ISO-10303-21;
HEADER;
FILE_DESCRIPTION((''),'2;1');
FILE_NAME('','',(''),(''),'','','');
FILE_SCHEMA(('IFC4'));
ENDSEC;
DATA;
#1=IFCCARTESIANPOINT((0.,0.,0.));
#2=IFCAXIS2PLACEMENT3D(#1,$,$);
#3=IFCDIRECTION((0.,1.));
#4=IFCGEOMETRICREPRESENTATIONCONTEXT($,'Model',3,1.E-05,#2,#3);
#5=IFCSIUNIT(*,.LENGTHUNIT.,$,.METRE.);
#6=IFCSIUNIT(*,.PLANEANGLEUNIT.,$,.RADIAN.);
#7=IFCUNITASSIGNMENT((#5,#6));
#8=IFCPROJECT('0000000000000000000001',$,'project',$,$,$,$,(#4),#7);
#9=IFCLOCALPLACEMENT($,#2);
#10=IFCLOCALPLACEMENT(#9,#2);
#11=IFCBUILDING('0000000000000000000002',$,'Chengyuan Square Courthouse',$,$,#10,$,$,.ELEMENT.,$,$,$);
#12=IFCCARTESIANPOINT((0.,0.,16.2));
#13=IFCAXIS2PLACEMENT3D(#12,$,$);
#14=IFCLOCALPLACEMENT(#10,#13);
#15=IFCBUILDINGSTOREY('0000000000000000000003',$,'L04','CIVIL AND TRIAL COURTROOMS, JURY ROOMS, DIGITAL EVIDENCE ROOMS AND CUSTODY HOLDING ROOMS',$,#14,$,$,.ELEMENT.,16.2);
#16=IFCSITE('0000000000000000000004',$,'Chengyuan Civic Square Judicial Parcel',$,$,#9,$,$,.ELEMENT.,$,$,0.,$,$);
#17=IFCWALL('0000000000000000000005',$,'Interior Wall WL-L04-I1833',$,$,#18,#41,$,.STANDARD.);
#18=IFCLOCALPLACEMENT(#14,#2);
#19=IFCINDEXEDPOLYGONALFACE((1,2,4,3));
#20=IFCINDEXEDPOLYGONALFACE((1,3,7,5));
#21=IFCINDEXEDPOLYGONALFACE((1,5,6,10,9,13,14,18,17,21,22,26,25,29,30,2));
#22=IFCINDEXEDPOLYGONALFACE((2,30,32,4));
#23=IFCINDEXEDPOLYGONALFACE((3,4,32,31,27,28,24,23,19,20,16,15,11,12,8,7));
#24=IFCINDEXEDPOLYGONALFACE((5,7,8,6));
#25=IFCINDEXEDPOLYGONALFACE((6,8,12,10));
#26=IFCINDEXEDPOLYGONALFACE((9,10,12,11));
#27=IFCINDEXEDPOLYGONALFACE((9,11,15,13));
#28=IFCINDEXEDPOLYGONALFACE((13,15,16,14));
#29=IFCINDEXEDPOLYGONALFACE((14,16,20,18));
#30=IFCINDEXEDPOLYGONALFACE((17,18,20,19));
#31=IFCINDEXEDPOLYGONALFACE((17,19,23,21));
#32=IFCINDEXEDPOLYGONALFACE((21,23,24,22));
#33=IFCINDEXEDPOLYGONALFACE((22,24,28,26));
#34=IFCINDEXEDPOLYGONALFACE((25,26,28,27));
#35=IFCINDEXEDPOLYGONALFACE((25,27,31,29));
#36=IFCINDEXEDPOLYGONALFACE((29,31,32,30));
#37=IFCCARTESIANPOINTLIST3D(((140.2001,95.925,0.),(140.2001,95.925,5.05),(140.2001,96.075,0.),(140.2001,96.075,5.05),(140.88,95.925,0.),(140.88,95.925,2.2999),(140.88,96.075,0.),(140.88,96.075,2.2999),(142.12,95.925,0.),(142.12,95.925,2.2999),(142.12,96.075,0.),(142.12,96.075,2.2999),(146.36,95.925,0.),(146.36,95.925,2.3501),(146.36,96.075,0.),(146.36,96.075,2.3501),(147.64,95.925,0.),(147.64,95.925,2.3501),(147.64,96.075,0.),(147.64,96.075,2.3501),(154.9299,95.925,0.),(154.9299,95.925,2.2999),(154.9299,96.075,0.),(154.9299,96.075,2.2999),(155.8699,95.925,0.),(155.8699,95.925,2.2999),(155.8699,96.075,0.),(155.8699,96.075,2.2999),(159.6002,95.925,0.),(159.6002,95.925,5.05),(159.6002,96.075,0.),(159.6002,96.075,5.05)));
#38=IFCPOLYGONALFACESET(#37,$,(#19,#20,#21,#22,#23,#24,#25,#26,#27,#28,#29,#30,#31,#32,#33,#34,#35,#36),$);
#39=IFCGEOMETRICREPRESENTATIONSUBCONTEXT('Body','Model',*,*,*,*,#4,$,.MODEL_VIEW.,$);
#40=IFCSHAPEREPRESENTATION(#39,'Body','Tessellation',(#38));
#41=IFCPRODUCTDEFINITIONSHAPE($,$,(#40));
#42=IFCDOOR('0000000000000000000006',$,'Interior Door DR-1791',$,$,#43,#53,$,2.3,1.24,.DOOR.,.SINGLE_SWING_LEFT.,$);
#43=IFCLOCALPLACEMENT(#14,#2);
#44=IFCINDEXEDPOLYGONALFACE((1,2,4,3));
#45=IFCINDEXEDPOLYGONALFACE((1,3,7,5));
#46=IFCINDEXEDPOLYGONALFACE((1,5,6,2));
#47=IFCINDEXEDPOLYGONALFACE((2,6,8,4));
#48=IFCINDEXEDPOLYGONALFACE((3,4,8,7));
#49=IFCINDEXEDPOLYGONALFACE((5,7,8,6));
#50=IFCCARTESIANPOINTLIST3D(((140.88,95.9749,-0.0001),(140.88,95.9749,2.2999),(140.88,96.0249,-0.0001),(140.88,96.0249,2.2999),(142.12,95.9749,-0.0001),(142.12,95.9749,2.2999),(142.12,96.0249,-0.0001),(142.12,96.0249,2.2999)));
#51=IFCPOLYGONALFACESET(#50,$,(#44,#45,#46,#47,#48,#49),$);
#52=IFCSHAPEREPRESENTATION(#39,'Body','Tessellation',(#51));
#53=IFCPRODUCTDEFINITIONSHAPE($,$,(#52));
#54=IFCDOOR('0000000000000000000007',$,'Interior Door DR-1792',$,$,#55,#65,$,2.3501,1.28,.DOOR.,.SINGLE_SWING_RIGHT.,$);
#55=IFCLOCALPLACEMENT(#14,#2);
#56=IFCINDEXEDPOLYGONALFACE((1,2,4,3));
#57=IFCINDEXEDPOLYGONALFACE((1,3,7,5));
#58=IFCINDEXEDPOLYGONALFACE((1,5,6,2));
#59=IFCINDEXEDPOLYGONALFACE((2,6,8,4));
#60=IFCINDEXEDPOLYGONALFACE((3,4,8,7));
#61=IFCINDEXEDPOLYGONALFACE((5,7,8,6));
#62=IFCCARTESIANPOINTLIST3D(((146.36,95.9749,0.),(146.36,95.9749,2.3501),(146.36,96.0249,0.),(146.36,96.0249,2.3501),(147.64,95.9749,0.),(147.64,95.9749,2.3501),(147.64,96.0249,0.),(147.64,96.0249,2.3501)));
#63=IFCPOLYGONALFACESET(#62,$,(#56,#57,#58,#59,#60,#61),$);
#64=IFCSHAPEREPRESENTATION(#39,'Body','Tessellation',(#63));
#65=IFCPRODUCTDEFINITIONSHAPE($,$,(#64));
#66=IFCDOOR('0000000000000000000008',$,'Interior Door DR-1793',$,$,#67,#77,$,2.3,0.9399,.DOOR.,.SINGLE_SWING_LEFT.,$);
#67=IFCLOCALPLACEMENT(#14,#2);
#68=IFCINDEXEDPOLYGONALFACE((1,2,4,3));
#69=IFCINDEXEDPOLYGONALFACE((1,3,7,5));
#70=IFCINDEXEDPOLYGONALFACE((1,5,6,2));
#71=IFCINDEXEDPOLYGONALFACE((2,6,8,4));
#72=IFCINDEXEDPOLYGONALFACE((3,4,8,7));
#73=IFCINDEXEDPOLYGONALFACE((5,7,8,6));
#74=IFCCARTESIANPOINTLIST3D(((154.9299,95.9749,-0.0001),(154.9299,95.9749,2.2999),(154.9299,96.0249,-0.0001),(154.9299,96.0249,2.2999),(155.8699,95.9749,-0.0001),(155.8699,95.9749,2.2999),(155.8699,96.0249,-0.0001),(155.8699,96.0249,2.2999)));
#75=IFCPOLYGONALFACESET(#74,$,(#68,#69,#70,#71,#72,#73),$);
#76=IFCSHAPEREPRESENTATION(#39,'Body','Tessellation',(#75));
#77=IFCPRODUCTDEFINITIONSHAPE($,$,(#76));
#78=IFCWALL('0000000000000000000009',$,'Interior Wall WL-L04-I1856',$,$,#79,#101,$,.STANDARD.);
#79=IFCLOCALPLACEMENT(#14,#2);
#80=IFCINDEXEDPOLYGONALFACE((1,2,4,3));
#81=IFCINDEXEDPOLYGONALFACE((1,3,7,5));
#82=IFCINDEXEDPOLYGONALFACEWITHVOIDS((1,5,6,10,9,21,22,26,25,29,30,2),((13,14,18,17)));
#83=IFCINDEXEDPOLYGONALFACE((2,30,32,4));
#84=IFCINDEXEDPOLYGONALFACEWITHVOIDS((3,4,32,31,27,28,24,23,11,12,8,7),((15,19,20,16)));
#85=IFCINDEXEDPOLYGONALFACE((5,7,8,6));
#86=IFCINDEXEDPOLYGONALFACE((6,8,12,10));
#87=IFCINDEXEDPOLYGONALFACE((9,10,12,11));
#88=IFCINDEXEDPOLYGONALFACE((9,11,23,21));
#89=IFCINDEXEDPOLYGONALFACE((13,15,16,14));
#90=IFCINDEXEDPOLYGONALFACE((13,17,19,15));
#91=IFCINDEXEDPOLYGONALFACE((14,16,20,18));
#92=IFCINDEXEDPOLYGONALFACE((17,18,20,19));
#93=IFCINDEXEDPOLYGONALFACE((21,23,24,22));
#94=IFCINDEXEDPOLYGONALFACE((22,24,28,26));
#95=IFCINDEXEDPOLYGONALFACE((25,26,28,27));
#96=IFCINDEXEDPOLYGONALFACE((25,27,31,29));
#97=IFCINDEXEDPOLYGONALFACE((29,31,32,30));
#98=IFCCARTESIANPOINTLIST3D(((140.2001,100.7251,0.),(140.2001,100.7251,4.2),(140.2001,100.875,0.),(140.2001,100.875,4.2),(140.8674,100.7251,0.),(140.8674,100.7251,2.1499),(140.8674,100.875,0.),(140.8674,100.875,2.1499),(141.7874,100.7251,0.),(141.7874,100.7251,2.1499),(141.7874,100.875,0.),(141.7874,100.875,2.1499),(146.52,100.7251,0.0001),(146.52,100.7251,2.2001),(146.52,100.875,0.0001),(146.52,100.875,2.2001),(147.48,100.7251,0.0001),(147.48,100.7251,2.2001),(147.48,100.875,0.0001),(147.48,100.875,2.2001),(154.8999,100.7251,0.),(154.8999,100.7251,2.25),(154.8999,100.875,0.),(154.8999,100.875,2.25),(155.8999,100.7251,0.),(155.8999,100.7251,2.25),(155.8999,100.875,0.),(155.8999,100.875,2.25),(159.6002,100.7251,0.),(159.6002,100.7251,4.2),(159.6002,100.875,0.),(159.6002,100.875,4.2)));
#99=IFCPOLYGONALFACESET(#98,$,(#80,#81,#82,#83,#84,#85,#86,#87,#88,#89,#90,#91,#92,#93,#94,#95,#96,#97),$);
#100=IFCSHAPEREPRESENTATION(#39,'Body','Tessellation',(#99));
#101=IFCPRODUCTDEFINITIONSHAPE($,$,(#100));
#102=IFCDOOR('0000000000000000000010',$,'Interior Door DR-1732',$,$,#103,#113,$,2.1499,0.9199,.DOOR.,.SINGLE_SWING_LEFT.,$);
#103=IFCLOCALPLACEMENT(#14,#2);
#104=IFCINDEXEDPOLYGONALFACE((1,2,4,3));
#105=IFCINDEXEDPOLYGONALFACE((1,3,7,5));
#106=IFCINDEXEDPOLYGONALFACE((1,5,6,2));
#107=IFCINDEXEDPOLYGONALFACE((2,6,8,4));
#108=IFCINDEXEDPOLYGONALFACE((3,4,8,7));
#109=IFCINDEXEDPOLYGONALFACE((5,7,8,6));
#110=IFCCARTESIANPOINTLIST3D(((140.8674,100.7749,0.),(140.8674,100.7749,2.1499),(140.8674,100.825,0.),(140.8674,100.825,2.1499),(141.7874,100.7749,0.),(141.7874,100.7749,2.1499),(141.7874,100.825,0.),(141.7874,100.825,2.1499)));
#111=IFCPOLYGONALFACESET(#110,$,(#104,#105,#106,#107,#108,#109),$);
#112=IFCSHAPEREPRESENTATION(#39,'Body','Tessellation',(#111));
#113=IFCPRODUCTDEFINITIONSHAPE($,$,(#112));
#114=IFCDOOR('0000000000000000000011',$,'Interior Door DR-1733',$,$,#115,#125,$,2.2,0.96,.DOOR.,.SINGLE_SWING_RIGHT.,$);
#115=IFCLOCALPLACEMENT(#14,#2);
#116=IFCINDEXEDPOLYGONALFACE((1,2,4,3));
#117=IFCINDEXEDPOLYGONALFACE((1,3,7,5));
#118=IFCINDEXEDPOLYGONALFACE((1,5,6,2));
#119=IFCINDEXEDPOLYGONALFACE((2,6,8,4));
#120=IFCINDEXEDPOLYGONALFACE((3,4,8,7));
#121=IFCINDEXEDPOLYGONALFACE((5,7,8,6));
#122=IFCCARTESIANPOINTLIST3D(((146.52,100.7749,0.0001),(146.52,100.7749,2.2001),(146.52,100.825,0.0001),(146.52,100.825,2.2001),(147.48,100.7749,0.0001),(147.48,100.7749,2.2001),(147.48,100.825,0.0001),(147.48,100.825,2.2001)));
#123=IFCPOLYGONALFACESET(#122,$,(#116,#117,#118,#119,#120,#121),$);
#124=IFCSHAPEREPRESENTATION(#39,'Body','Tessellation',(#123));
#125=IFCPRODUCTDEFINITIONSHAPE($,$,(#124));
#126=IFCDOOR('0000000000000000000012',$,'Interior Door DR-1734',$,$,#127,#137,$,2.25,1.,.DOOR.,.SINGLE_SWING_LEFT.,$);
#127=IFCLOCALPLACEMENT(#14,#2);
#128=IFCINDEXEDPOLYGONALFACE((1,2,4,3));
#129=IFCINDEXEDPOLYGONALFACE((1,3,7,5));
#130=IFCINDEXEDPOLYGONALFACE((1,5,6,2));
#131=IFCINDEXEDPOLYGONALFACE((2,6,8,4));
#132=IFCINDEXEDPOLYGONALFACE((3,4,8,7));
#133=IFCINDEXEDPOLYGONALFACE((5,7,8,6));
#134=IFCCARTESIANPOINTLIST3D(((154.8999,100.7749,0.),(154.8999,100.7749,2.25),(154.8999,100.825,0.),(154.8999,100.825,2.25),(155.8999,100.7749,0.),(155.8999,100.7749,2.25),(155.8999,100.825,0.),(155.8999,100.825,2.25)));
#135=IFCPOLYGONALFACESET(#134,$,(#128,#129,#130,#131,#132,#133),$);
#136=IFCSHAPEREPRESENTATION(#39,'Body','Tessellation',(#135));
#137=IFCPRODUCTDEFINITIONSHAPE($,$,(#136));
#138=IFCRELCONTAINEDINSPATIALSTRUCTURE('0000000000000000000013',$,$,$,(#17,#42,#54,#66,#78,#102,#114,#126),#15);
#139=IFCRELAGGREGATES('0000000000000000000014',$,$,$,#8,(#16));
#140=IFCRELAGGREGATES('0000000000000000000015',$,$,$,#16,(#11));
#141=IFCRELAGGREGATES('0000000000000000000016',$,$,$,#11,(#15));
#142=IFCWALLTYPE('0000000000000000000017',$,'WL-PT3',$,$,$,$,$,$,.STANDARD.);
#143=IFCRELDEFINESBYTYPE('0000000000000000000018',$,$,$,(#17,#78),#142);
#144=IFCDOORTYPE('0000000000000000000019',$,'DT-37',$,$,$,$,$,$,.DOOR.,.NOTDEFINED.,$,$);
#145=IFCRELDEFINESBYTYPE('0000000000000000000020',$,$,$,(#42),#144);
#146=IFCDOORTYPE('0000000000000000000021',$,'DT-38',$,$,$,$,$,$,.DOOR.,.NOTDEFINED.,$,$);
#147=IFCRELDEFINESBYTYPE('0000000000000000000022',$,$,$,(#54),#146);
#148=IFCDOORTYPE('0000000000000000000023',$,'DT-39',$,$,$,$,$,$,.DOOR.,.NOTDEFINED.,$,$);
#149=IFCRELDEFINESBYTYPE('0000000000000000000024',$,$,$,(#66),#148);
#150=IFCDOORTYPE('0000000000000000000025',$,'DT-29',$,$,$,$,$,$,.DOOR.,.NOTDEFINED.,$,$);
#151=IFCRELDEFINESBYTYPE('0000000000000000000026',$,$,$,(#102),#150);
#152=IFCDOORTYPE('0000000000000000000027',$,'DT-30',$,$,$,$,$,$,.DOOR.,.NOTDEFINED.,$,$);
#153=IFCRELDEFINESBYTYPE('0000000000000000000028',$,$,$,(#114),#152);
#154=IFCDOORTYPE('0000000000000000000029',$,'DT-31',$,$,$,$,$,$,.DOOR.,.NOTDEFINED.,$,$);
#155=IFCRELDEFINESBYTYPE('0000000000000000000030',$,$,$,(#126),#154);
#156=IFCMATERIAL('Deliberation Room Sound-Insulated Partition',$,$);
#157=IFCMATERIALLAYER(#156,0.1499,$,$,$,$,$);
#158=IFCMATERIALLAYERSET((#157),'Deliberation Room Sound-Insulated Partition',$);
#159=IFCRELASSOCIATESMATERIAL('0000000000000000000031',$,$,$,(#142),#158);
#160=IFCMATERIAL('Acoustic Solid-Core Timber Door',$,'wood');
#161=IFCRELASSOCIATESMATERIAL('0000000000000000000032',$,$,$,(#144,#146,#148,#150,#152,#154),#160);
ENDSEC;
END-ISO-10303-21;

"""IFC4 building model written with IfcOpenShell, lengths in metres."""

from ifc_helpers import new_model, si_unit, direction, frame, frame_2d, origin, place, context, subcontext, project, spatial, rectangle, extrude, material, layer, layer_set, type_object, element, fill, save


model = new_model("IFC4")

# Units and contexts
model_context = context("Model", 3, precision=1e-05, world=origin(), true_north=direction((0.0, 1.0)))
body_context = subcontext(model_context, "Body", "Model", "MODEL_VIEW")
ifc_project = project(units=[si_unit("LENGTHUNIT", "METRE"), si_unit("PLANEANGLEUNIT", "RADIAN")], contexts=[model_context])

# Site, building, storey
site_placement = place(None, origin())
site = spatial("IfcSite", under=ifc_project, at=site_placement, Name="Chengyuan Civic Square Judicial Parcel", CompositionType="ELEMENT", RefElevation=0.0)
building_placement = place(site_placement, origin())
building = spatial("IfcBuilding", under=site, at=building_placement, Name="Chengyuan Square Courthouse", CompositionType="ELEMENT")
storey_placement = place(building_placement, frame((0.0, 0.0, 16.2)))
storey = spatial("IfcBuildingStorey", under=building, at=storey_placement, Name="L04", Description="CIVIL AND TRIAL COURTROOMS, JURY ROOMS, DIGITAL EVIDENCE ROOMS AND CUSTODY HOLDING ROOMS", CompositionType="ELEMENT", Elevation=16.2)

# Walls, openings, doors
ifc_material_1 = material(Name="Deliberation Room Sound-Insulated Partition")
ifc_layer_1 = layer(ifc_material_1, 0.1499)
ifc_layer_set_1 = layer_set([ifc_layer_1], Name="Deliberation Room Sound-Insulated Partition")
wall_type_1 = type_object("IfcWallType", Name="WL-PT3", PredefinedType="STANDARD", material=ifc_layer_set_1)
wall_1_placement = place(storey_placement, frame((140.2, 96.0, 0.0), z_axis=(0.0, 0.0, 1.0), x_axis=(1.0, 0.0, 0.0)))
wall_1 = element("IfcWall", 1, at=wall_1_placement, inside=storey, type_object=wall_type_1, Name="Interior Wall WL-L04-I1833", PredefinedType="STANDARD", context=body_context, shape_type="SweptSolid", body=[
    extrude(rectangle(XDim=19.4001, YDim=0.1499, at=frame_2d((9.7002, 0.0))), origin(), (0.0, 0.0, 1.0), 5.05),
])
opening_1_placement = place(wall_1_placement, frame((0.6799, 0.0, 0.0)))
opening_1 = element("IfcOpeningElement", 2, at=opening_1_placement, cuts=wall_1, PredefinedType="OPENING", context=body_context, shape_type="SweptSolid", body=[
    extrude(rectangle(XDim=1.24, YDim=2.3, at=frame_2d((0.6201, 1.1499))), frame((0.0, 0.0869, 0.0), z_axis=(0.0, -1.0, 0.0), x_axis=(1.0, 0.0, 0.0)), (0.0, 0.0, 1.0), 0.1738),
])
opening_2_placement = place(wall_1_placement, frame((6.1599, 0.0, 0.0)))
opening_2 = element("IfcOpeningElement", 3, at=opening_2_placement, cuts=wall_1, PredefinedType="OPENING", context=body_context, shape_type="SweptSolid", body=[
    extrude(rectangle(XDim=1.28, YDim=2.3501, at=frame_2d((0.6401, 1.175))), frame((0.0, 0.0869, 0.0), z_axis=(0.0, -1.0, 0.0), x_axis=(1.0, 0.0, 0.0)), (0.0, 0.0, 1.0), 0.1738),
])
opening_3_placement = place(wall_1_placement, frame((14.73, 0.0, 0.0)))
opening_3 = element("IfcOpeningElement", 4, at=opening_3_placement, cuts=wall_1, PredefinedType="OPENING", context=body_context, shape_type="SweptSolid", body=[
    extrude(rectangle(XDim=0.9399, YDim=2.3, at=frame_2d((0.47, 1.1499))), frame((0.0, 0.0869, 0.0), z_axis=(0.0, -1.0, 0.0), x_axis=(1.0, 0.0, 0.0)), (0.0, 0.0, 1.0), 0.1738),
])
ifc_material_2 = material(Name="Acoustic Solid-Core Timber Door", Category="wood")
door_type_1 = type_object("IfcDoorType", Name="DT-37", OperationType="NOTDEFINED", PredefinedType="DOOR", material=ifc_material_2)
door_1_placement = place(opening_1_placement, origin())
door_1 = element("IfcDoor", 5, at=door_1_placement, inside=storey, type_object=door_type_1, Name="Interior Door DR-1791", OperationType="SINGLE_SWING_LEFT", OverallHeight=2.3, OverallWidth=1.24, PredefinedType="DOOR", context=body_context, shape_type="SweptSolid", body=[
    extrude(rectangle(XDim=1.24, YDim=2.3, at=frame_2d((0.6201, 1.1499))), frame((0.0, 0.0249, 0.0), z_axis=(0.0, -1.0, 0.0), x_axis=(1.0, 0.0, 0.0)), (0.0, 0.0, 1.0), 0.05),
])
fill(opening_1, door_1)
door_type_2 = type_object("IfcDoorType", Name="DT-38", OperationType="NOTDEFINED", PredefinedType="DOOR", material=ifc_material_2)
door_2_placement = place(opening_2_placement, origin())
door_2 = element("IfcDoor", 6, at=door_2_placement, inside=storey, type_object=door_type_2, Name="Interior Door DR-1792", OperationType="SINGLE_SWING_RIGHT", OverallHeight=2.3501, OverallWidth=1.28, PredefinedType="DOOR", context=body_context, shape_type="SweptSolid", body=[
    extrude(rectangle(XDim=1.28, YDim=2.3501, at=frame_2d((0.6401, 1.175))), frame((0.0, 0.0249, 0.0), z_axis=(0.0, -1.0, 0.0), x_axis=(1.0, 0.0, 0.0)), (0.0, 0.0, 1.0), 0.05),
])
fill(opening_2, door_2)
door_type_3 = type_object("IfcDoorType", Name="DT-39", OperationType="NOTDEFINED", PredefinedType="DOOR", material=ifc_material_2)
door_3_placement = place(opening_3_placement, origin())
door_3 = element("IfcDoor", 7, at=door_3_placement, inside=storey, type_object=door_type_3, Name="Interior Door DR-1793", OperationType="SINGLE_SWING_LEFT", OverallHeight=2.3, OverallWidth=0.9399, PredefinedType="DOOR", context=body_context, shape_type="SweptSolid", body=[
    extrude(rectangle(XDim=0.9399, YDim=2.3, at=frame_2d((0.47, 1.1499))), frame((0.0, 0.0249, 0.0), z_axis=(0.0, -1.0, 0.0), x_axis=(1.0, 0.0, 0.0)), (0.0, 0.0, 1.0), 0.05),
])
fill(opening_3, door_3)
wall_2_placement = place(storey_placement, frame((140.2, 100.8, 0.0), z_axis=(0.0, 0.0, 1.0), x_axis=(1.0, 0.0, 0.0)))
wall_2 = element("IfcWall", 8, at=wall_2_placement, inside=storey, type_object=wall_type_1, Name="Interior Wall WL-L04-I1856", PredefinedType="STANDARD", context=body_context, shape_type="SweptSolid", body=[
    extrude(rectangle(XDim=19.4001, YDim=0.1499, at=frame_2d((9.7002, 0.0))), origin(), (0.0, 0.0, 1.0), 4.2),
])
opening_4_placement = place(wall_2_placement, frame((0.6675, 0.0, 0.0)))
opening_4 = element("IfcOpeningElement", 9, at=opening_4_placement, cuts=wall_2, PredefinedType="OPENING", context=body_context, shape_type="SweptSolid", body=[
    extrude(rectangle(XDim=0.9199, YDim=2.1499, at=frame_2d((0.46, 1.075))), frame((0.0, 0.0869, 0.0), z_axis=(0.0, -1.0, 0.0), x_axis=(1.0, 0.0, 0.0)), (0.0, 0.0, 1.0), 0.1738),
])
opening_5_placement = place(wall_2_placement, frame((6.3201, 0.0, 0.0)))
opening_5 = element("IfcOpeningElement", 10, at=opening_5_placement, cuts=wall_2, PredefinedType="OPENING", context=body_context, shape_type="SweptSolid", body=[
    extrude(rectangle(XDim=0.96, YDim=2.2, at=frame_2d((0.48, 1.1001))), frame((0.0, 0.0869, 0.0), z_axis=(0.0, -1.0, 0.0), x_axis=(1.0, 0.0, 0.0)), (0.0, 0.0, 1.0), 0.1738),
])
opening_6_placement = place(wall_2_placement, frame((14.7, 0.0, 0.0)))
opening_6 = element("IfcOpeningElement", 11, at=opening_6_placement, cuts=wall_2, PredefinedType="OPENING", context=body_context, shape_type="SweptSolid", body=[
    extrude(rectangle(XDim=1.0, YDim=2.25, at=frame_2d((0.5, 1.125))), frame((0.0, 0.0869, 0.0), z_axis=(0.0, -1.0, 0.0), x_axis=(1.0, 0.0, 0.0)), (0.0, 0.0, 1.0), 0.1738),
])
door_type_4 = type_object("IfcDoorType", Name="DT-29", OperationType="NOTDEFINED", PredefinedType="DOOR", material=ifc_material_2)
door_4_placement = place(opening_4_placement, origin())
door_4 = element("IfcDoor", 12, at=door_4_placement, inside=storey, type_object=door_type_4, Name="Interior Door DR-1732", OperationType="SINGLE_SWING_LEFT", OverallHeight=2.1499, OverallWidth=0.9199, PredefinedType="DOOR", context=body_context, shape_type="SweptSolid", body=[
    extrude(rectangle(XDim=0.9199, YDim=2.1499, at=frame_2d((0.46, 1.075))), frame((0.0, 0.0249, 0.0), z_axis=(0.0, -1.0, 0.0), x_axis=(1.0, 0.0, 0.0)), (0.0, 0.0, 1.0), 0.05),
])
fill(opening_4, door_4)
door_type_5 = type_object("IfcDoorType", Name="DT-30", OperationType="NOTDEFINED", PredefinedType="DOOR", material=ifc_material_2)
door_5_placement = place(opening_5_placement, origin())
door_5 = element("IfcDoor", 13, at=door_5_placement, inside=storey, type_object=door_type_5, Name="Interior Door DR-1733", OperationType="SINGLE_SWING_RIGHT", OverallHeight=2.2, OverallWidth=0.96, PredefinedType="DOOR", context=body_context, shape_type="SweptSolid", body=[
    extrude(rectangle(XDim=0.96, YDim=2.2, at=frame_2d((0.48, 1.1001))), frame((0.0, 0.0249, 0.0), z_axis=(0.0, -1.0, 0.0), x_axis=(1.0, 0.0, 0.0)), (0.0, 0.0, 1.0), 0.05),
])
fill(opening_5, door_5)
door_type_6 = type_object("IfcDoorType", Name="DT-31", OperationType="NOTDEFINED", PredefinedType="DOOR", material=ifc_material_2)
door_6_placement = place(opening_6_placement, origin())
door_6 = element("IfcDoor", 14, at=door_6_placement, inside=storey, type_object=door_type_6, Name="Interior Door DR-1734", OperationType="SINGLE_SWING_LEFT", OverallHeight=2.25, OverallWidth=1.0, PredefinedType="DOOR", context=body_context, shape_type="SweptSolid", body=[
    extrude(rectangle(XDim=1.0, YDim=2.25, at=frame_2d((0.5, 1.125))), frame((0.0, 0.0249, 0.0), z_axis=(0.0, -1.0, 0.0), x_axis=(1.0, 0.0, 0.0)), (0.0, 0.0, 1.0), 0.05),
])
fill(opening_6, door_6)

save(model, "model.ifc")
